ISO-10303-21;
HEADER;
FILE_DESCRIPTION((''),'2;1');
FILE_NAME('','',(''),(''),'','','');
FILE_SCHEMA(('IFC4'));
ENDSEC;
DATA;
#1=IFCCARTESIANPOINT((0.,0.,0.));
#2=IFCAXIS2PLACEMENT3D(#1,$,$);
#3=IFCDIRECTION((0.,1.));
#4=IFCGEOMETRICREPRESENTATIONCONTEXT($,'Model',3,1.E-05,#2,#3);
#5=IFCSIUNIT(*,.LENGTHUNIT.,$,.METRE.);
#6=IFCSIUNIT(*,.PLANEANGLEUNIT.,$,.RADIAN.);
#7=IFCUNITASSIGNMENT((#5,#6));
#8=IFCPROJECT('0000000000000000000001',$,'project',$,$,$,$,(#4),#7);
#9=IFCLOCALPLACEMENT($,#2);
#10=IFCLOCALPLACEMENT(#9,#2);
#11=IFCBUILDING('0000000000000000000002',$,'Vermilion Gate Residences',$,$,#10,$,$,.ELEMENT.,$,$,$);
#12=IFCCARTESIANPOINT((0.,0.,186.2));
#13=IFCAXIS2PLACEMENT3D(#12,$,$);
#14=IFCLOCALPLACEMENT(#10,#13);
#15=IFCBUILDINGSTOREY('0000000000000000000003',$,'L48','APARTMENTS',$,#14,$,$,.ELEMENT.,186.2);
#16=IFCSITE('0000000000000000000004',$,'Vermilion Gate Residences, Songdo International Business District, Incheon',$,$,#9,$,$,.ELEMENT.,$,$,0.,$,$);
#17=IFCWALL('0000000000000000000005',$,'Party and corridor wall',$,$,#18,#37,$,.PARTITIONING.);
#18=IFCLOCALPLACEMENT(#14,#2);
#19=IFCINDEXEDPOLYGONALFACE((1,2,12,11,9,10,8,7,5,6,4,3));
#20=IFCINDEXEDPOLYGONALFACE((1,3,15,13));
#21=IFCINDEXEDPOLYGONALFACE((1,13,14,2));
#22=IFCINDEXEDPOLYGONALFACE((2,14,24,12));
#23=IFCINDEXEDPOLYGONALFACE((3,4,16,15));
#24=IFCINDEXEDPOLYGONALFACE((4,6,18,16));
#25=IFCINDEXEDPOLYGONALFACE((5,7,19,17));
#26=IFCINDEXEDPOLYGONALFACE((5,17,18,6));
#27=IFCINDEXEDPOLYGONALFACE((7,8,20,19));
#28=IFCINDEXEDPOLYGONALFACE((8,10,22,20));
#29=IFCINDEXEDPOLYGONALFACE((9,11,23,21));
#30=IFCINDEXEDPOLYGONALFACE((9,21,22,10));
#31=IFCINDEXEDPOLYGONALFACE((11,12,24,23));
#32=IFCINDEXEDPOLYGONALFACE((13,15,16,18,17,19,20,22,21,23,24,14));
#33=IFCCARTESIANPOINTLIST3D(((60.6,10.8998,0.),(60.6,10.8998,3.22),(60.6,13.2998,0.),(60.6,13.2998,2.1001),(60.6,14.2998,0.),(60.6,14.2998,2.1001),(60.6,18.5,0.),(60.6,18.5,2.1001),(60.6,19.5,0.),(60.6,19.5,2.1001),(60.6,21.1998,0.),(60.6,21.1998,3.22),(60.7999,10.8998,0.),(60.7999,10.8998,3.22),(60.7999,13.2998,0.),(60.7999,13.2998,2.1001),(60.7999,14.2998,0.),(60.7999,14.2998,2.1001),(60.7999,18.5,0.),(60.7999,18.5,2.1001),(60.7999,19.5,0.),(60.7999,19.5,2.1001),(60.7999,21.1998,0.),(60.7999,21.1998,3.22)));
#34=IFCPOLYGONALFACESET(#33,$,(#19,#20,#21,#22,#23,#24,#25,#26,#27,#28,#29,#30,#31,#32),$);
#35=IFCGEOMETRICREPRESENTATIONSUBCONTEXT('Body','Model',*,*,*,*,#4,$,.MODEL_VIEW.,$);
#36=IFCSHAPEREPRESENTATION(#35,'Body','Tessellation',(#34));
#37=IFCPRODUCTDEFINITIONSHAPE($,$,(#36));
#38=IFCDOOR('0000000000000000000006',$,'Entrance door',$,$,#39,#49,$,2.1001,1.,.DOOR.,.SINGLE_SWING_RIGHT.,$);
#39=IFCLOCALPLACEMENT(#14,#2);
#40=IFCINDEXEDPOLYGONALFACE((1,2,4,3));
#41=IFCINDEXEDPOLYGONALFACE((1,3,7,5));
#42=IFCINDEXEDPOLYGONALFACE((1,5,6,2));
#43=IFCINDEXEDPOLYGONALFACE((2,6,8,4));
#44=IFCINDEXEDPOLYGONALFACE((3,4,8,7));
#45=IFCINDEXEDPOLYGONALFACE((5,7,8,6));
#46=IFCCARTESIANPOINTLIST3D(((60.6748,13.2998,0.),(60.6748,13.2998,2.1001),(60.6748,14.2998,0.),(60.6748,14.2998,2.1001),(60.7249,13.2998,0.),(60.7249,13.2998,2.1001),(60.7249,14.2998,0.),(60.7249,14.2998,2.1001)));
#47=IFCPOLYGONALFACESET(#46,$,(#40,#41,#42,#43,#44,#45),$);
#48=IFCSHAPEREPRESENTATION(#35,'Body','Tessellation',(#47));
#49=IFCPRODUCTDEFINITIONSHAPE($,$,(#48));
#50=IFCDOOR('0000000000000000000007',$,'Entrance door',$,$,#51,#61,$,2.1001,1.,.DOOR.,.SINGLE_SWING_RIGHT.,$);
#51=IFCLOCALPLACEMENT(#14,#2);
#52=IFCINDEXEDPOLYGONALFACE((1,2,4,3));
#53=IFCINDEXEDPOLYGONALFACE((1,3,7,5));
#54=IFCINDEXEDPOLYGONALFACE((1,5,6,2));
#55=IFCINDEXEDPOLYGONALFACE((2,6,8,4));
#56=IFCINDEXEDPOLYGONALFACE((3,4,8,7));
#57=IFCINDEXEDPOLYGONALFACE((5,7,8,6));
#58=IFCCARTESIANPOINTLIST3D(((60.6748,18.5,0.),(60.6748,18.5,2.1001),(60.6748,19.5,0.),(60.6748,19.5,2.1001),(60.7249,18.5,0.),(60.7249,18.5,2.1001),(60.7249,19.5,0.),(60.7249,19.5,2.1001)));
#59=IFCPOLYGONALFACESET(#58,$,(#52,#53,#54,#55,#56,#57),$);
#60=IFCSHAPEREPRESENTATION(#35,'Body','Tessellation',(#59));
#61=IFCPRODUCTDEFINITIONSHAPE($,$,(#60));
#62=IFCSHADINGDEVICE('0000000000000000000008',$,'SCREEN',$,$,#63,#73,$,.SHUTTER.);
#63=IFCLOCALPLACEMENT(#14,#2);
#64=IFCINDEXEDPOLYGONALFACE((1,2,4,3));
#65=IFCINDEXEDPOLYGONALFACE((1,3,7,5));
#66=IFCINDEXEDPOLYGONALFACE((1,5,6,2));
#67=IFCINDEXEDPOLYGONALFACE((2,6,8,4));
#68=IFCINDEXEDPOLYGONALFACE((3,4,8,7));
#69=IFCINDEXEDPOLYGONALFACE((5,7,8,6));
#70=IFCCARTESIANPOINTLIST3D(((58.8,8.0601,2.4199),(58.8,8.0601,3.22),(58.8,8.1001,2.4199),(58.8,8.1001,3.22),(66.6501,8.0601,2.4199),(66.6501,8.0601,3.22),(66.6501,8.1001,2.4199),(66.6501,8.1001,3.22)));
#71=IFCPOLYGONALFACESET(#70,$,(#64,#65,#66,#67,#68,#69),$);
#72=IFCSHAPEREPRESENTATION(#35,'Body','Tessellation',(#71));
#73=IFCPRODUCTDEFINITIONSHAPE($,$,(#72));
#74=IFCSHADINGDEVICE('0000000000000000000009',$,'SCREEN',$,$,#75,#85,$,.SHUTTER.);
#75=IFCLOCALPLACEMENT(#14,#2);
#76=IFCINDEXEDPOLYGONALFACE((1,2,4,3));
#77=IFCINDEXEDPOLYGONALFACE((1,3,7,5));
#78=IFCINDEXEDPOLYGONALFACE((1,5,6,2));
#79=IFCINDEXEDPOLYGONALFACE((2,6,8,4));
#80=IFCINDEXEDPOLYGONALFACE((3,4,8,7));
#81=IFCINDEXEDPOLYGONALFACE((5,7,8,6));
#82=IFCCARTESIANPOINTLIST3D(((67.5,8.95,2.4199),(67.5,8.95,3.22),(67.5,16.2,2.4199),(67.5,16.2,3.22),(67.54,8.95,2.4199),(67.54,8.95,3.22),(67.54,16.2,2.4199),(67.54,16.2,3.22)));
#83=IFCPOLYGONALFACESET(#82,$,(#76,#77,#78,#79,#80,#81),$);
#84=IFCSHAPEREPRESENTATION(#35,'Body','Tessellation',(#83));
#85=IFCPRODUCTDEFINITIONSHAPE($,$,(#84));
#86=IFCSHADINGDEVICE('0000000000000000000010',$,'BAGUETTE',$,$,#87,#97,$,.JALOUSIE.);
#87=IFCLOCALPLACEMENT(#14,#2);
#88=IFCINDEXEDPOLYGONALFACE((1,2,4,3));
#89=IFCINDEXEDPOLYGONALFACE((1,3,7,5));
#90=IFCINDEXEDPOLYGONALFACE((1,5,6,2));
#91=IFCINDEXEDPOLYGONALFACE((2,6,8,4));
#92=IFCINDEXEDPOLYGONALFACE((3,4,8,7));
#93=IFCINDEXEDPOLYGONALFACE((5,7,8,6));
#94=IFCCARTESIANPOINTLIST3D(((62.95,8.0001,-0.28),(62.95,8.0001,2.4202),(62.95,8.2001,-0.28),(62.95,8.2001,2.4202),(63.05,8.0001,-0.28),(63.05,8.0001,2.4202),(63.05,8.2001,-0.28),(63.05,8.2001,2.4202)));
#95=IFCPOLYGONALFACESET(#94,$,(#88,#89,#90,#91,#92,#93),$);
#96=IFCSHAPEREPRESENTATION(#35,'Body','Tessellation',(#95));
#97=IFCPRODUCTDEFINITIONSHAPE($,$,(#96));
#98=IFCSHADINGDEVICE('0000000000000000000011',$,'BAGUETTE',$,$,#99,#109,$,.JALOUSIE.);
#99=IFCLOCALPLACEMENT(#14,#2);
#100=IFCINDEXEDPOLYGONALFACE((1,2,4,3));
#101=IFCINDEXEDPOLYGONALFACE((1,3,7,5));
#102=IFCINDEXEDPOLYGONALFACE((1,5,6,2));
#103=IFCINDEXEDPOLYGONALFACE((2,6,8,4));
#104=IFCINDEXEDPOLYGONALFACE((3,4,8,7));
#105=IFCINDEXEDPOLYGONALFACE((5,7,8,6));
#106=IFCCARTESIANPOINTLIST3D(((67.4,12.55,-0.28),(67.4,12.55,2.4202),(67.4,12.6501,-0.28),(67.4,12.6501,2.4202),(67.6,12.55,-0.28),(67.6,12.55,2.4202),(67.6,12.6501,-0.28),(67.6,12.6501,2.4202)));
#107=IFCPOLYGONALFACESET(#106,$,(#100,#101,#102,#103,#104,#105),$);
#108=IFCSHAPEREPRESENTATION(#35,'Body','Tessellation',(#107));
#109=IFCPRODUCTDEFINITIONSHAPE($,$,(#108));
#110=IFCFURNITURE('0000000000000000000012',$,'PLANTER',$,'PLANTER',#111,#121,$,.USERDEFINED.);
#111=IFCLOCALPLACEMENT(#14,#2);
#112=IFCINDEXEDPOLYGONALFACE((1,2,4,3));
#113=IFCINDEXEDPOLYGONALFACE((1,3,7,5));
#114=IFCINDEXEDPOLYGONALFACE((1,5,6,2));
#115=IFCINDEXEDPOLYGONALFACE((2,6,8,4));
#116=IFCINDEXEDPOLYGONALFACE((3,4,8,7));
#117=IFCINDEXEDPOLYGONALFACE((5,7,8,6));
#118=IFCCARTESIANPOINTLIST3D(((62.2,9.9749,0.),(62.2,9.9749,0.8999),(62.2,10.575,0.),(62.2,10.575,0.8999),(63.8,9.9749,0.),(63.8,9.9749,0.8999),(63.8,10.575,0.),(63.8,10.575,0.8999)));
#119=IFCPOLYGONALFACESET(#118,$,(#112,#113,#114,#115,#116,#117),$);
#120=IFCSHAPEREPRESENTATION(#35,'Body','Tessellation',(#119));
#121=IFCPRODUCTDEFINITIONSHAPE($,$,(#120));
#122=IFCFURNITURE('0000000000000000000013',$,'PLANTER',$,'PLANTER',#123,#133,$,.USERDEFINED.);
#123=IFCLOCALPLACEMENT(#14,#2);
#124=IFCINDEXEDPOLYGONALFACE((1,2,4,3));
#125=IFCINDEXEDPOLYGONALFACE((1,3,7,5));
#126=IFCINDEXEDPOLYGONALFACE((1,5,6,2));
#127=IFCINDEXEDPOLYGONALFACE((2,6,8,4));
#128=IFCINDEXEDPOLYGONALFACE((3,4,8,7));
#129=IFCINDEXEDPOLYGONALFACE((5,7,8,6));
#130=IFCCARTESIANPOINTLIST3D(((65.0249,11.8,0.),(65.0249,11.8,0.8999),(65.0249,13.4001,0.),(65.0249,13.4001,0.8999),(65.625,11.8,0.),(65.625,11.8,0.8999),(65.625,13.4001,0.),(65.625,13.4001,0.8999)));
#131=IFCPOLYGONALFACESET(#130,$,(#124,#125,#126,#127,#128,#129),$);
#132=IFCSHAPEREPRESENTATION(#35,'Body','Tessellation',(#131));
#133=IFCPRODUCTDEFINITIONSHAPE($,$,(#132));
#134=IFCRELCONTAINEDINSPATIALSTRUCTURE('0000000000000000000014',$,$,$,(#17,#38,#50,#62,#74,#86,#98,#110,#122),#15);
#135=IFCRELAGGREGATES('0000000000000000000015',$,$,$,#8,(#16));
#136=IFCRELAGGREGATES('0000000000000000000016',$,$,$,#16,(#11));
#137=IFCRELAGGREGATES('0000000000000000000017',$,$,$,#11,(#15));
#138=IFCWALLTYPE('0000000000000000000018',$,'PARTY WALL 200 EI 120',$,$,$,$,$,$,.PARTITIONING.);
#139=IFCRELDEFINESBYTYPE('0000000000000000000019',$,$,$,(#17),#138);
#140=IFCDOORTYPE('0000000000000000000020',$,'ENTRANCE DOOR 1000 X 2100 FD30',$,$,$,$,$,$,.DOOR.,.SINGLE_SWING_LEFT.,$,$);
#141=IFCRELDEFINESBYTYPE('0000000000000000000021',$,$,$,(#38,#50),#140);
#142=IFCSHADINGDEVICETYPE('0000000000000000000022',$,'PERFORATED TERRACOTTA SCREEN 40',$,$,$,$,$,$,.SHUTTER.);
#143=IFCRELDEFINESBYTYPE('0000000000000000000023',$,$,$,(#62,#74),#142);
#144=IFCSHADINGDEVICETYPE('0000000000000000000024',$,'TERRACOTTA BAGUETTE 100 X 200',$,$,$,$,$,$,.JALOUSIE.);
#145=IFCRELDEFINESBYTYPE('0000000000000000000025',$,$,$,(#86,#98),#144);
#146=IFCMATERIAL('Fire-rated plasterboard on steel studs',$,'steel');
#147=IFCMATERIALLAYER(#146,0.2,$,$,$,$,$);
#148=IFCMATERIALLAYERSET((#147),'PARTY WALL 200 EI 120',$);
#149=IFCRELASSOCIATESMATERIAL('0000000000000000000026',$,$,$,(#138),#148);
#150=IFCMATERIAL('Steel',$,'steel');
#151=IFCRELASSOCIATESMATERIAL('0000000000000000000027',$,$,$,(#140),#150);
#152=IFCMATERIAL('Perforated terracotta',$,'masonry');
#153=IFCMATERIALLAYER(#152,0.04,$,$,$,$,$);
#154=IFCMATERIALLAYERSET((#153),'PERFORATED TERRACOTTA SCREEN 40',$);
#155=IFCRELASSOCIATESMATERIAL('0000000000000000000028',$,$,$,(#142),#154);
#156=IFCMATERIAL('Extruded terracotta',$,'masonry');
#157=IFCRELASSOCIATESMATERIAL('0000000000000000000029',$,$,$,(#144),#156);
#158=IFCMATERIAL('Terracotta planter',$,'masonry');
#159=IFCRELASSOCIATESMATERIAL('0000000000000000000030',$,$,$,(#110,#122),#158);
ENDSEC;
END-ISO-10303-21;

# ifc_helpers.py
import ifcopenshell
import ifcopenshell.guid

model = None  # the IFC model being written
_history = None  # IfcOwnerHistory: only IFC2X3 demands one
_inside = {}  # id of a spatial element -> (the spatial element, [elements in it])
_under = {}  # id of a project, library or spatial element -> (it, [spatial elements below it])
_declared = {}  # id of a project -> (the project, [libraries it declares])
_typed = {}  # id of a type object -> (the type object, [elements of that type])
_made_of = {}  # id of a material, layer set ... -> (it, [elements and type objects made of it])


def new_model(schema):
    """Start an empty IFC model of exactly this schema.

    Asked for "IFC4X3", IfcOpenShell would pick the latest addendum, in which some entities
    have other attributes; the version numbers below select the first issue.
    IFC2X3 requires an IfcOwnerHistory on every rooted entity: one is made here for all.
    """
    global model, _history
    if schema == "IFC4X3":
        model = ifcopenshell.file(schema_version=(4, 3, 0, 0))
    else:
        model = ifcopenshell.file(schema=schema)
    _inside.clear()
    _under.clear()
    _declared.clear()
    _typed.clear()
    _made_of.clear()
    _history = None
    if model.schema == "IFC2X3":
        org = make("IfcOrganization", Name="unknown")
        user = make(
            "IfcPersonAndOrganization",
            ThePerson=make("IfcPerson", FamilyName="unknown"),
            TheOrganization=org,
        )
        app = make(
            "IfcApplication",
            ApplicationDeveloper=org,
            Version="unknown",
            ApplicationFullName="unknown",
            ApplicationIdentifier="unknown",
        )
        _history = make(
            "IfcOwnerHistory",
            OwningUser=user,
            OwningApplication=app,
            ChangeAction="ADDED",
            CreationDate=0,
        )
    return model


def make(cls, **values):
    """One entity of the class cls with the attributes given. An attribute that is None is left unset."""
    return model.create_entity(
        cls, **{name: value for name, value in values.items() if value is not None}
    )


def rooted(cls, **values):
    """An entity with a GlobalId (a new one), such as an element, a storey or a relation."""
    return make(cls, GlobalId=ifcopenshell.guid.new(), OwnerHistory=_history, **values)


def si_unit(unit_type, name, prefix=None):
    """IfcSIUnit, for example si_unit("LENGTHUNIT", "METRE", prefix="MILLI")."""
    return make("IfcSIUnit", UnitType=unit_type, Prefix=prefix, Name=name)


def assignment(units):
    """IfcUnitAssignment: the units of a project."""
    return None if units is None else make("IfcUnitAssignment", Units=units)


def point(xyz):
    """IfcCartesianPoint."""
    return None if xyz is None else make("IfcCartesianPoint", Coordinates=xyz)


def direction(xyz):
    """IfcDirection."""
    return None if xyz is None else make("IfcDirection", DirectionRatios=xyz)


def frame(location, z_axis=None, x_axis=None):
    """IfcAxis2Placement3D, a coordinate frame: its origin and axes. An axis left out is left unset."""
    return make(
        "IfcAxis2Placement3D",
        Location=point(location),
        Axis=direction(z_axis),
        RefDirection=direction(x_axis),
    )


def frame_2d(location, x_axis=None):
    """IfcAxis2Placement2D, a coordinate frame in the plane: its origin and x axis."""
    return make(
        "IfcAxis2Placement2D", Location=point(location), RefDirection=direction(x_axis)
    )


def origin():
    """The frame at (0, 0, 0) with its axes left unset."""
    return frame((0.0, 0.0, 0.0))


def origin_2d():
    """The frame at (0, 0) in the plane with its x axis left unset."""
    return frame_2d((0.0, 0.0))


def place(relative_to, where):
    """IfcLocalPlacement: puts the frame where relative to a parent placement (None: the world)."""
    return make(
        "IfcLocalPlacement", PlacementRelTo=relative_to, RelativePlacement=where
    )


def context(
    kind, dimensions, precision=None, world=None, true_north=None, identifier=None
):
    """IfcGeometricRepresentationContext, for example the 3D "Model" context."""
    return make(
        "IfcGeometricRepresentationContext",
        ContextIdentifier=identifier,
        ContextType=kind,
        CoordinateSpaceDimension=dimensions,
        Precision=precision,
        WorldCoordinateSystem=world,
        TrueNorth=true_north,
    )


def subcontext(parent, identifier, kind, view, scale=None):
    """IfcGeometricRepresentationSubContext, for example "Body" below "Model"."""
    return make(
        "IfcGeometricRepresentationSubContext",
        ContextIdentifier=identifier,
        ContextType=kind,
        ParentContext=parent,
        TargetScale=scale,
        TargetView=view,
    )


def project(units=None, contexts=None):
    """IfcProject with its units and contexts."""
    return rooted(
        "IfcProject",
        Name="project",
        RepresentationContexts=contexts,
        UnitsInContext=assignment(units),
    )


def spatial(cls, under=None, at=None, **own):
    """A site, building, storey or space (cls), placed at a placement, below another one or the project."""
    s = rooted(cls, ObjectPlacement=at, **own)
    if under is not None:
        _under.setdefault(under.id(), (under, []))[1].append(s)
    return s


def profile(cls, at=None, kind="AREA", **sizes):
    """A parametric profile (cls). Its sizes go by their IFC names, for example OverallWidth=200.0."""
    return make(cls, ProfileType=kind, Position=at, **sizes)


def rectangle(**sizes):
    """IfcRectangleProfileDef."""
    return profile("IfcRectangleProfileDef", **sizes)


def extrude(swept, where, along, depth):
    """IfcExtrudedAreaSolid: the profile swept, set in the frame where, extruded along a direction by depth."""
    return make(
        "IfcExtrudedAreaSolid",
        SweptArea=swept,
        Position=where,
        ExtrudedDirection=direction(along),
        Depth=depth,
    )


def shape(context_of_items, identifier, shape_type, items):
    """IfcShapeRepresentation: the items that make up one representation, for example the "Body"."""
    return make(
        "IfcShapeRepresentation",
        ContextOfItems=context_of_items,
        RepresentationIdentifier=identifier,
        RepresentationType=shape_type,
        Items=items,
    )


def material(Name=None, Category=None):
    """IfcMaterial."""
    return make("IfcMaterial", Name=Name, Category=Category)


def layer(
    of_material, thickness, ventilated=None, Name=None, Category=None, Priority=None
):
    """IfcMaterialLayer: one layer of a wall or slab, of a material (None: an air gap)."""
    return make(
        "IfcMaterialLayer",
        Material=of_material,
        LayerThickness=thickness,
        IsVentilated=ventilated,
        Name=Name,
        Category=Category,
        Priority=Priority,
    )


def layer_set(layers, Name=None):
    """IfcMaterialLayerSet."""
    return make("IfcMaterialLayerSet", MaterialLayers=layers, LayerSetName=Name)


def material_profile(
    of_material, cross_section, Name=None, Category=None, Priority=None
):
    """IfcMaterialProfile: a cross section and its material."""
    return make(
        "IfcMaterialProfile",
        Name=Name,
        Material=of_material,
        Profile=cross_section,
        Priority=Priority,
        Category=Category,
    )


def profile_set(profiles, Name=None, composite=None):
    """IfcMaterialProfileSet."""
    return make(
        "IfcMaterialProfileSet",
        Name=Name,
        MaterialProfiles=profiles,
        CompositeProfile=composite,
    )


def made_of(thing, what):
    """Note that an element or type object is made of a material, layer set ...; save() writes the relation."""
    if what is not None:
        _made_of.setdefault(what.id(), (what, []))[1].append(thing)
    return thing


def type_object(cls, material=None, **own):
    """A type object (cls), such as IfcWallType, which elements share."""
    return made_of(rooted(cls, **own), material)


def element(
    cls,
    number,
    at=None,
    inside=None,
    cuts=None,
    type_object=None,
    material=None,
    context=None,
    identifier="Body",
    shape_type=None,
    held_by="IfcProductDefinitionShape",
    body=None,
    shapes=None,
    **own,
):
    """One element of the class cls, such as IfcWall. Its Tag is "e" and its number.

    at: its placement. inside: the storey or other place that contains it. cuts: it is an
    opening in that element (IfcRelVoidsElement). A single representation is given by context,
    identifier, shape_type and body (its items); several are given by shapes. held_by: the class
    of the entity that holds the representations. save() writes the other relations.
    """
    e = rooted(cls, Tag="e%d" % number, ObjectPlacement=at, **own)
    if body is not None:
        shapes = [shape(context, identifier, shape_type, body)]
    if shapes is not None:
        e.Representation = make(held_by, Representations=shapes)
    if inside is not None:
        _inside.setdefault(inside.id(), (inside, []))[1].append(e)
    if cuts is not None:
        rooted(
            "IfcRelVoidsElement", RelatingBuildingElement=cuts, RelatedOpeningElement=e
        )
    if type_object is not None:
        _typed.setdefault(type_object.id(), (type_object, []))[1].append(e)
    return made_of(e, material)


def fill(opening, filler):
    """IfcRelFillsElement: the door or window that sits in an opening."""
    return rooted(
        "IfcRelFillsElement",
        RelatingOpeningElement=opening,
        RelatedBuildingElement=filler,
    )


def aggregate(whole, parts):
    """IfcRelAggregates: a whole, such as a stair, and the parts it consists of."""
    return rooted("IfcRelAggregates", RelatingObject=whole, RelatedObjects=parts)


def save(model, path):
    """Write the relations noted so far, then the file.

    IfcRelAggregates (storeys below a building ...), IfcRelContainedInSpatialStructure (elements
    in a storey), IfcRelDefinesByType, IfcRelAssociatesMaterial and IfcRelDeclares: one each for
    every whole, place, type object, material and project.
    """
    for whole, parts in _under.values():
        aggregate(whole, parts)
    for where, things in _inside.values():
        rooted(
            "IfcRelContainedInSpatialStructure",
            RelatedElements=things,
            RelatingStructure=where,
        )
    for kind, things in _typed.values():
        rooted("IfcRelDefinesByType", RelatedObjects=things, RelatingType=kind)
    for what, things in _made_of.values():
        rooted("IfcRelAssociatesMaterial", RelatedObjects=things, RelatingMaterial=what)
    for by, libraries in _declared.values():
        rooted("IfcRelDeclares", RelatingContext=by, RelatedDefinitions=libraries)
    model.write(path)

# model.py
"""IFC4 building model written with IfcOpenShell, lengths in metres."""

from ifc_helpers import new_model, si_unit, direction, frame, frame_2d, origin, origin_2d, place, context, subcontext, project, spatial, rectangle, extrude, material, layer, layer_set, material_profile, profile_set, type_object, element, fill, save


model = new_model("IFC4")

# Units and contexts
model_context = context("Model", 3, precision=1e-05, world=origin(), true_north=direction((0.0, 1.0)))
body_context = subcontext(model_context, "Body", "Model", "MODEL_VIEW")
ifc_project = project(units=[si_unit("LENGTHUNIT", "METRE"), si_unit("PLANEANGLEUNIT", "RADIAN")], contexts=[model_context])

# Site, building, storey
site_placement = place(None, origin())
site = spatial("IfcSite", under=ifc_project, at=site_placement, Name="Vermilion Gate Residences, Songdo International Business District, Incheon", CompositionType="ELEMENT", RefElevation=0.0)
building_placement = place(site_placement, origin())
building = spatial("IfcBuilding", under=site, at=building_placement, Name="Vermilion Gate Residences", CompositionType="ELEMENT")
storey_placement = place(building_placement, frame((0.0, 0.0, 186.2)))
storey = spatial("IfcBuildingStorey", under=building, at=storey_placement, Name="L48", Description="APARTMENTS", CompositionType="ELEMENT", Elevation=186.2)

# Shared definitions
ifc_material_1 = material(Name="Fire-rated plasterboard on steel studs", Category="steel")
ifc_layer_1 = layer(ifc_material_1, 0.2)
ifc_layer_set_1 = layer_set([ifc_layer_1], Name="PARTY WALL 200 EI 120")
wall_type_1 = type_object("IfcWallType", Name="PARTY WALL 200 EI 120", PredefinedType="PARTITIONING", material=ifc_layer_set_1)

# Wall, openings, doors
wall_1_placement = place(storey_placement, frame((60.7, 10.8999, 0.0), z_axis=(0.0, 0.0, 1.0), x_axis=(0.0, 1.0, 0.0)))
wall_1 = element("IfcWall", 1, at=wall_1_placement, inside=storey, type_object=wall_type_1, Name="Party and corridor wall", PredefinedType="PARTITIONING", context=body_context, shape_type="SweptSolid", body=[
    extrude(rectangle(XDim=10.3, YDim=0.2, at=frame_2d((5.1499, 0.0))), origin(), (0.0, 0.0, 1.0), 3.22),
])
opening_1_placement = place(wall_1_placement, frame((2.3999, 0.0, 0.0)))
opening_1 = element("IfcOpeningElement", 2, at=opening_1_placement, cuts=wall_1, PredefinedType="OPENING", context=body_context, shape_type="SweptSolid", body=[
    extrude(rectangle(XDim=1.0, YDim=2.1001, at=frame_2d((0.5, 1.05))), frame((0.0, 0.1099, 0.0), z_axis=(0.0, -1.0, 0.0), x_axis=(1.0, 0.0, 0.0)), (0.0, 0.0, 1.0), 0.22),
])
opening_2_placement = place(wall_1_placement, frame((7.6001, 0.0, 0.0)))
opening_2 = element("IfcOpeningElement", 3, at=opening_2_placement, cuts=wall_1, PredefinedType="OPENING", context=body_context, shape_type="SweptSolid", body=[
    extrude(rectangle(XDim=1.0, YDim=2.1001, at=frame_2d((0.5, 1.05))), frame((0.0, 0.1099, 0.0), z_axis=(0.0, -1.0, 0.0), x_axis=(1.0, 0.0, 0.0)), (0.0, 0.0, 1.0), 0.22),
])
ifc_material_2 = material(Name="Steel", Category="steel")
door_type_1 = type_object("IfcDoorType", Name="ENTRANCE DOOR 1000 X 2100 FD30", OperationType="SINGLE_SWING_LEFT", PredefinedType="DOOR", material=ifc_material_2)
door_1_placement = place(opening_1_placement, frame((1.0, 0.0, 0.0), z_axis=(0.0, 0.0, 1.0), x_axis=(-1.0, 0.0, 0.0)))
door_1 = element("IfcDoor", 4, at=door_1_placement, inside=storey, type_object=door_type_1, Name="Entrance door", OperationType="SINGLE_SWING_RIGHT", OverallHeight=2.1001, OverallWidth=1.0, PredefinedType="DOOR", context=body_context, shape_type="SweptSolid", body=[
    extrude(rectangle(XDim=1.0, YDim=2.1001, at=frame_2d((0.5, 1.05))), frame((0.0, 0.0249, 0.0), z_axis=(0.0, -1.0, 0.0), x_axis=(1.0, 0.0, 0.0)), (0.0, 0.0, 1.0), 0.05),
])
fill(opening_1, door_1)
door_2_placement = place(opening_2_placement, frame((1.0, 0.0, 0.0), z_axis=(0.0, 0.0, 1.0), x_axis=(-1.0, 0.0, 0.0)))
door_2 = element("IfcDoor", 5, at=door_2_placement, inside=storey, type_object=door_type_1, Name="Entrance door", OperationType="SINGLE_SWING_RIGHT", OverallHeight=2.1001, OverallWidth=1.0, PredefinedType="DOOR", context=body_context, shape_type="SweptSolid", body=[
    extrude(rectangle(XDim=1.0, YDim=2.1001, at=frame_2d((0.5, 1.05))), frame((0.0, 0.0249, 0.0), z_axis=(0.0, -1.0, 0.0), x_axis=(1.0, 0.0, 0.0)), (0.0, 0.0, 1.0), 0.05),
])
fill(opening_2, door_2)

# Shading devices
ifc_material_3 = material(Name="Perforated terracotta", Category="masonry")
ifc_layer_2 = layer(ifc_material_3, 0.04)
ifc_layer_set_2 = layer_set([ifc_layer_2], Name="PERFORATED TERRACOTTA SCREEN 40")
shading_device_type_1 = type_object("IfcShadingDeviceType", Name="PERFORATED TERRACOTTA SCREEN 40", PredefinedType="SHUTTER", material=ifc_layer_set_2)
shading_device_1_placement = place(storey_placement, frame((62.7251, 8.0801, 2.4199), z_axis=(0.0, 0.0, 1.0), x_axis=(1.0, 0.0, 0.0)))
element("IfcShadingDevice", 6, at=shading_device_1_placement, inside=storey, type_object=shading_device_type_1, Name="SCREEN", PredefinedType="SHUTTER", context=body_context, shape_type="SweptSolid", body=[
    extrude(rectangle(XDim=7.8501, YDim=0.04, at=origin_2d()), origin(), (0.0, 0.0, 1.0), 0.8),
])
shading_device_2_placement = place(storey_placement, frame((67.52, 12.575, 2.4199), z_axis=(0.0, 0.0, 1.0), x_axis=(0.0, 1.0, 0.0)))
element("IfcShadingDevice", 7, at=shading_device_2_placement, inside=storey, type_object=shading_device_type_1, Name="SCREEN", PredefinedType="SHUTTER", context=body_context, shape_type="SweptSolid", body=[
    extrude(rectangle(XDim=7.25, YDim=0.04, at=origin_2d()), origin(), (0.0, 0.0, 1.0), 0.8),
])
ifc_material_4 = material(Name="Extruded terracotta", Category="masonry")
ifc_material_profile_1 = material_profile(ifc_material_4, rectangle(XDim=0.2, YDim=0.1001, at=origin_2d()), Name="BAGUETTE 100 X 200")
ifc_profile_set_1 = profile_set([ifc_material_profile_1], Name="Extruded terracotta")
shading_device_type_2 = type_object("IfcShadingDeviceType", Name="TERRACOTTA BAGUETTE 100 X 200", PredefinedType="JALOUSIE", material=ifc_profile_set_1)
for number, where, z_axis, x_axis, name in (
    (8, (63.0, 8.1001, -0.28), (0.0, 0.0, 1.0), (0.0, 1.0, 0.0), "BAGUETTE"),
    (9, (67.5, 12.6001, -0.28), (0.0, 0.0, 1.0), (-1.0, 0.0, 0.0), "BAGUETTE"),
):
    element("IfcShadingDevice", number, at=place(storey_placement, frame(where, z_axis=z_axis, x_axis=x_axis)), inside=storey, type_object=shading_device_type_2, Name=name, PredefinedType="JALOUSIE", context=body_context, shape_type="SweptSolid", body=[
        extrude(rectangle(XDim=0.2, YDim=0.1001, at=origin_2d()), origin(), (0.0, 0.0, 1.0), 2.7002),
    ])

# Furniture
ifc_material_5 = material(Name="Terracotta planter", Category="masonry")
for number, where, z_axis, x_axis, name in (
    (10, (63.0, 10.2749, 0.0), (0.0, 0.0, 1.0), (1.0, 0.0, 0.0), "PLANTER"),
    (11, (65.325, 12.6001, 0.0), (0.0, 0.0, 1.0), (0.0, 1.0, 0.0), "PLANTER"),
):
    element("IfcFurniture", number, at=place(storey_placement, frame(where, z_axis=z_axis, x_axis=x_axis)), inside=storey, material=ifc_material_5, Name=name, ObjectType="PLANTER", PredefinedType="USERDEFINED", context=body_context, shape_type="SweptSolid", body=[
        extrude(rectangle(XDim=1.6001, YDim=0.6001, at=origin_2d()), origin(), (0.0, 0.0, 1.0), 0.8999),
    ])

save(model, "model.ifc")
